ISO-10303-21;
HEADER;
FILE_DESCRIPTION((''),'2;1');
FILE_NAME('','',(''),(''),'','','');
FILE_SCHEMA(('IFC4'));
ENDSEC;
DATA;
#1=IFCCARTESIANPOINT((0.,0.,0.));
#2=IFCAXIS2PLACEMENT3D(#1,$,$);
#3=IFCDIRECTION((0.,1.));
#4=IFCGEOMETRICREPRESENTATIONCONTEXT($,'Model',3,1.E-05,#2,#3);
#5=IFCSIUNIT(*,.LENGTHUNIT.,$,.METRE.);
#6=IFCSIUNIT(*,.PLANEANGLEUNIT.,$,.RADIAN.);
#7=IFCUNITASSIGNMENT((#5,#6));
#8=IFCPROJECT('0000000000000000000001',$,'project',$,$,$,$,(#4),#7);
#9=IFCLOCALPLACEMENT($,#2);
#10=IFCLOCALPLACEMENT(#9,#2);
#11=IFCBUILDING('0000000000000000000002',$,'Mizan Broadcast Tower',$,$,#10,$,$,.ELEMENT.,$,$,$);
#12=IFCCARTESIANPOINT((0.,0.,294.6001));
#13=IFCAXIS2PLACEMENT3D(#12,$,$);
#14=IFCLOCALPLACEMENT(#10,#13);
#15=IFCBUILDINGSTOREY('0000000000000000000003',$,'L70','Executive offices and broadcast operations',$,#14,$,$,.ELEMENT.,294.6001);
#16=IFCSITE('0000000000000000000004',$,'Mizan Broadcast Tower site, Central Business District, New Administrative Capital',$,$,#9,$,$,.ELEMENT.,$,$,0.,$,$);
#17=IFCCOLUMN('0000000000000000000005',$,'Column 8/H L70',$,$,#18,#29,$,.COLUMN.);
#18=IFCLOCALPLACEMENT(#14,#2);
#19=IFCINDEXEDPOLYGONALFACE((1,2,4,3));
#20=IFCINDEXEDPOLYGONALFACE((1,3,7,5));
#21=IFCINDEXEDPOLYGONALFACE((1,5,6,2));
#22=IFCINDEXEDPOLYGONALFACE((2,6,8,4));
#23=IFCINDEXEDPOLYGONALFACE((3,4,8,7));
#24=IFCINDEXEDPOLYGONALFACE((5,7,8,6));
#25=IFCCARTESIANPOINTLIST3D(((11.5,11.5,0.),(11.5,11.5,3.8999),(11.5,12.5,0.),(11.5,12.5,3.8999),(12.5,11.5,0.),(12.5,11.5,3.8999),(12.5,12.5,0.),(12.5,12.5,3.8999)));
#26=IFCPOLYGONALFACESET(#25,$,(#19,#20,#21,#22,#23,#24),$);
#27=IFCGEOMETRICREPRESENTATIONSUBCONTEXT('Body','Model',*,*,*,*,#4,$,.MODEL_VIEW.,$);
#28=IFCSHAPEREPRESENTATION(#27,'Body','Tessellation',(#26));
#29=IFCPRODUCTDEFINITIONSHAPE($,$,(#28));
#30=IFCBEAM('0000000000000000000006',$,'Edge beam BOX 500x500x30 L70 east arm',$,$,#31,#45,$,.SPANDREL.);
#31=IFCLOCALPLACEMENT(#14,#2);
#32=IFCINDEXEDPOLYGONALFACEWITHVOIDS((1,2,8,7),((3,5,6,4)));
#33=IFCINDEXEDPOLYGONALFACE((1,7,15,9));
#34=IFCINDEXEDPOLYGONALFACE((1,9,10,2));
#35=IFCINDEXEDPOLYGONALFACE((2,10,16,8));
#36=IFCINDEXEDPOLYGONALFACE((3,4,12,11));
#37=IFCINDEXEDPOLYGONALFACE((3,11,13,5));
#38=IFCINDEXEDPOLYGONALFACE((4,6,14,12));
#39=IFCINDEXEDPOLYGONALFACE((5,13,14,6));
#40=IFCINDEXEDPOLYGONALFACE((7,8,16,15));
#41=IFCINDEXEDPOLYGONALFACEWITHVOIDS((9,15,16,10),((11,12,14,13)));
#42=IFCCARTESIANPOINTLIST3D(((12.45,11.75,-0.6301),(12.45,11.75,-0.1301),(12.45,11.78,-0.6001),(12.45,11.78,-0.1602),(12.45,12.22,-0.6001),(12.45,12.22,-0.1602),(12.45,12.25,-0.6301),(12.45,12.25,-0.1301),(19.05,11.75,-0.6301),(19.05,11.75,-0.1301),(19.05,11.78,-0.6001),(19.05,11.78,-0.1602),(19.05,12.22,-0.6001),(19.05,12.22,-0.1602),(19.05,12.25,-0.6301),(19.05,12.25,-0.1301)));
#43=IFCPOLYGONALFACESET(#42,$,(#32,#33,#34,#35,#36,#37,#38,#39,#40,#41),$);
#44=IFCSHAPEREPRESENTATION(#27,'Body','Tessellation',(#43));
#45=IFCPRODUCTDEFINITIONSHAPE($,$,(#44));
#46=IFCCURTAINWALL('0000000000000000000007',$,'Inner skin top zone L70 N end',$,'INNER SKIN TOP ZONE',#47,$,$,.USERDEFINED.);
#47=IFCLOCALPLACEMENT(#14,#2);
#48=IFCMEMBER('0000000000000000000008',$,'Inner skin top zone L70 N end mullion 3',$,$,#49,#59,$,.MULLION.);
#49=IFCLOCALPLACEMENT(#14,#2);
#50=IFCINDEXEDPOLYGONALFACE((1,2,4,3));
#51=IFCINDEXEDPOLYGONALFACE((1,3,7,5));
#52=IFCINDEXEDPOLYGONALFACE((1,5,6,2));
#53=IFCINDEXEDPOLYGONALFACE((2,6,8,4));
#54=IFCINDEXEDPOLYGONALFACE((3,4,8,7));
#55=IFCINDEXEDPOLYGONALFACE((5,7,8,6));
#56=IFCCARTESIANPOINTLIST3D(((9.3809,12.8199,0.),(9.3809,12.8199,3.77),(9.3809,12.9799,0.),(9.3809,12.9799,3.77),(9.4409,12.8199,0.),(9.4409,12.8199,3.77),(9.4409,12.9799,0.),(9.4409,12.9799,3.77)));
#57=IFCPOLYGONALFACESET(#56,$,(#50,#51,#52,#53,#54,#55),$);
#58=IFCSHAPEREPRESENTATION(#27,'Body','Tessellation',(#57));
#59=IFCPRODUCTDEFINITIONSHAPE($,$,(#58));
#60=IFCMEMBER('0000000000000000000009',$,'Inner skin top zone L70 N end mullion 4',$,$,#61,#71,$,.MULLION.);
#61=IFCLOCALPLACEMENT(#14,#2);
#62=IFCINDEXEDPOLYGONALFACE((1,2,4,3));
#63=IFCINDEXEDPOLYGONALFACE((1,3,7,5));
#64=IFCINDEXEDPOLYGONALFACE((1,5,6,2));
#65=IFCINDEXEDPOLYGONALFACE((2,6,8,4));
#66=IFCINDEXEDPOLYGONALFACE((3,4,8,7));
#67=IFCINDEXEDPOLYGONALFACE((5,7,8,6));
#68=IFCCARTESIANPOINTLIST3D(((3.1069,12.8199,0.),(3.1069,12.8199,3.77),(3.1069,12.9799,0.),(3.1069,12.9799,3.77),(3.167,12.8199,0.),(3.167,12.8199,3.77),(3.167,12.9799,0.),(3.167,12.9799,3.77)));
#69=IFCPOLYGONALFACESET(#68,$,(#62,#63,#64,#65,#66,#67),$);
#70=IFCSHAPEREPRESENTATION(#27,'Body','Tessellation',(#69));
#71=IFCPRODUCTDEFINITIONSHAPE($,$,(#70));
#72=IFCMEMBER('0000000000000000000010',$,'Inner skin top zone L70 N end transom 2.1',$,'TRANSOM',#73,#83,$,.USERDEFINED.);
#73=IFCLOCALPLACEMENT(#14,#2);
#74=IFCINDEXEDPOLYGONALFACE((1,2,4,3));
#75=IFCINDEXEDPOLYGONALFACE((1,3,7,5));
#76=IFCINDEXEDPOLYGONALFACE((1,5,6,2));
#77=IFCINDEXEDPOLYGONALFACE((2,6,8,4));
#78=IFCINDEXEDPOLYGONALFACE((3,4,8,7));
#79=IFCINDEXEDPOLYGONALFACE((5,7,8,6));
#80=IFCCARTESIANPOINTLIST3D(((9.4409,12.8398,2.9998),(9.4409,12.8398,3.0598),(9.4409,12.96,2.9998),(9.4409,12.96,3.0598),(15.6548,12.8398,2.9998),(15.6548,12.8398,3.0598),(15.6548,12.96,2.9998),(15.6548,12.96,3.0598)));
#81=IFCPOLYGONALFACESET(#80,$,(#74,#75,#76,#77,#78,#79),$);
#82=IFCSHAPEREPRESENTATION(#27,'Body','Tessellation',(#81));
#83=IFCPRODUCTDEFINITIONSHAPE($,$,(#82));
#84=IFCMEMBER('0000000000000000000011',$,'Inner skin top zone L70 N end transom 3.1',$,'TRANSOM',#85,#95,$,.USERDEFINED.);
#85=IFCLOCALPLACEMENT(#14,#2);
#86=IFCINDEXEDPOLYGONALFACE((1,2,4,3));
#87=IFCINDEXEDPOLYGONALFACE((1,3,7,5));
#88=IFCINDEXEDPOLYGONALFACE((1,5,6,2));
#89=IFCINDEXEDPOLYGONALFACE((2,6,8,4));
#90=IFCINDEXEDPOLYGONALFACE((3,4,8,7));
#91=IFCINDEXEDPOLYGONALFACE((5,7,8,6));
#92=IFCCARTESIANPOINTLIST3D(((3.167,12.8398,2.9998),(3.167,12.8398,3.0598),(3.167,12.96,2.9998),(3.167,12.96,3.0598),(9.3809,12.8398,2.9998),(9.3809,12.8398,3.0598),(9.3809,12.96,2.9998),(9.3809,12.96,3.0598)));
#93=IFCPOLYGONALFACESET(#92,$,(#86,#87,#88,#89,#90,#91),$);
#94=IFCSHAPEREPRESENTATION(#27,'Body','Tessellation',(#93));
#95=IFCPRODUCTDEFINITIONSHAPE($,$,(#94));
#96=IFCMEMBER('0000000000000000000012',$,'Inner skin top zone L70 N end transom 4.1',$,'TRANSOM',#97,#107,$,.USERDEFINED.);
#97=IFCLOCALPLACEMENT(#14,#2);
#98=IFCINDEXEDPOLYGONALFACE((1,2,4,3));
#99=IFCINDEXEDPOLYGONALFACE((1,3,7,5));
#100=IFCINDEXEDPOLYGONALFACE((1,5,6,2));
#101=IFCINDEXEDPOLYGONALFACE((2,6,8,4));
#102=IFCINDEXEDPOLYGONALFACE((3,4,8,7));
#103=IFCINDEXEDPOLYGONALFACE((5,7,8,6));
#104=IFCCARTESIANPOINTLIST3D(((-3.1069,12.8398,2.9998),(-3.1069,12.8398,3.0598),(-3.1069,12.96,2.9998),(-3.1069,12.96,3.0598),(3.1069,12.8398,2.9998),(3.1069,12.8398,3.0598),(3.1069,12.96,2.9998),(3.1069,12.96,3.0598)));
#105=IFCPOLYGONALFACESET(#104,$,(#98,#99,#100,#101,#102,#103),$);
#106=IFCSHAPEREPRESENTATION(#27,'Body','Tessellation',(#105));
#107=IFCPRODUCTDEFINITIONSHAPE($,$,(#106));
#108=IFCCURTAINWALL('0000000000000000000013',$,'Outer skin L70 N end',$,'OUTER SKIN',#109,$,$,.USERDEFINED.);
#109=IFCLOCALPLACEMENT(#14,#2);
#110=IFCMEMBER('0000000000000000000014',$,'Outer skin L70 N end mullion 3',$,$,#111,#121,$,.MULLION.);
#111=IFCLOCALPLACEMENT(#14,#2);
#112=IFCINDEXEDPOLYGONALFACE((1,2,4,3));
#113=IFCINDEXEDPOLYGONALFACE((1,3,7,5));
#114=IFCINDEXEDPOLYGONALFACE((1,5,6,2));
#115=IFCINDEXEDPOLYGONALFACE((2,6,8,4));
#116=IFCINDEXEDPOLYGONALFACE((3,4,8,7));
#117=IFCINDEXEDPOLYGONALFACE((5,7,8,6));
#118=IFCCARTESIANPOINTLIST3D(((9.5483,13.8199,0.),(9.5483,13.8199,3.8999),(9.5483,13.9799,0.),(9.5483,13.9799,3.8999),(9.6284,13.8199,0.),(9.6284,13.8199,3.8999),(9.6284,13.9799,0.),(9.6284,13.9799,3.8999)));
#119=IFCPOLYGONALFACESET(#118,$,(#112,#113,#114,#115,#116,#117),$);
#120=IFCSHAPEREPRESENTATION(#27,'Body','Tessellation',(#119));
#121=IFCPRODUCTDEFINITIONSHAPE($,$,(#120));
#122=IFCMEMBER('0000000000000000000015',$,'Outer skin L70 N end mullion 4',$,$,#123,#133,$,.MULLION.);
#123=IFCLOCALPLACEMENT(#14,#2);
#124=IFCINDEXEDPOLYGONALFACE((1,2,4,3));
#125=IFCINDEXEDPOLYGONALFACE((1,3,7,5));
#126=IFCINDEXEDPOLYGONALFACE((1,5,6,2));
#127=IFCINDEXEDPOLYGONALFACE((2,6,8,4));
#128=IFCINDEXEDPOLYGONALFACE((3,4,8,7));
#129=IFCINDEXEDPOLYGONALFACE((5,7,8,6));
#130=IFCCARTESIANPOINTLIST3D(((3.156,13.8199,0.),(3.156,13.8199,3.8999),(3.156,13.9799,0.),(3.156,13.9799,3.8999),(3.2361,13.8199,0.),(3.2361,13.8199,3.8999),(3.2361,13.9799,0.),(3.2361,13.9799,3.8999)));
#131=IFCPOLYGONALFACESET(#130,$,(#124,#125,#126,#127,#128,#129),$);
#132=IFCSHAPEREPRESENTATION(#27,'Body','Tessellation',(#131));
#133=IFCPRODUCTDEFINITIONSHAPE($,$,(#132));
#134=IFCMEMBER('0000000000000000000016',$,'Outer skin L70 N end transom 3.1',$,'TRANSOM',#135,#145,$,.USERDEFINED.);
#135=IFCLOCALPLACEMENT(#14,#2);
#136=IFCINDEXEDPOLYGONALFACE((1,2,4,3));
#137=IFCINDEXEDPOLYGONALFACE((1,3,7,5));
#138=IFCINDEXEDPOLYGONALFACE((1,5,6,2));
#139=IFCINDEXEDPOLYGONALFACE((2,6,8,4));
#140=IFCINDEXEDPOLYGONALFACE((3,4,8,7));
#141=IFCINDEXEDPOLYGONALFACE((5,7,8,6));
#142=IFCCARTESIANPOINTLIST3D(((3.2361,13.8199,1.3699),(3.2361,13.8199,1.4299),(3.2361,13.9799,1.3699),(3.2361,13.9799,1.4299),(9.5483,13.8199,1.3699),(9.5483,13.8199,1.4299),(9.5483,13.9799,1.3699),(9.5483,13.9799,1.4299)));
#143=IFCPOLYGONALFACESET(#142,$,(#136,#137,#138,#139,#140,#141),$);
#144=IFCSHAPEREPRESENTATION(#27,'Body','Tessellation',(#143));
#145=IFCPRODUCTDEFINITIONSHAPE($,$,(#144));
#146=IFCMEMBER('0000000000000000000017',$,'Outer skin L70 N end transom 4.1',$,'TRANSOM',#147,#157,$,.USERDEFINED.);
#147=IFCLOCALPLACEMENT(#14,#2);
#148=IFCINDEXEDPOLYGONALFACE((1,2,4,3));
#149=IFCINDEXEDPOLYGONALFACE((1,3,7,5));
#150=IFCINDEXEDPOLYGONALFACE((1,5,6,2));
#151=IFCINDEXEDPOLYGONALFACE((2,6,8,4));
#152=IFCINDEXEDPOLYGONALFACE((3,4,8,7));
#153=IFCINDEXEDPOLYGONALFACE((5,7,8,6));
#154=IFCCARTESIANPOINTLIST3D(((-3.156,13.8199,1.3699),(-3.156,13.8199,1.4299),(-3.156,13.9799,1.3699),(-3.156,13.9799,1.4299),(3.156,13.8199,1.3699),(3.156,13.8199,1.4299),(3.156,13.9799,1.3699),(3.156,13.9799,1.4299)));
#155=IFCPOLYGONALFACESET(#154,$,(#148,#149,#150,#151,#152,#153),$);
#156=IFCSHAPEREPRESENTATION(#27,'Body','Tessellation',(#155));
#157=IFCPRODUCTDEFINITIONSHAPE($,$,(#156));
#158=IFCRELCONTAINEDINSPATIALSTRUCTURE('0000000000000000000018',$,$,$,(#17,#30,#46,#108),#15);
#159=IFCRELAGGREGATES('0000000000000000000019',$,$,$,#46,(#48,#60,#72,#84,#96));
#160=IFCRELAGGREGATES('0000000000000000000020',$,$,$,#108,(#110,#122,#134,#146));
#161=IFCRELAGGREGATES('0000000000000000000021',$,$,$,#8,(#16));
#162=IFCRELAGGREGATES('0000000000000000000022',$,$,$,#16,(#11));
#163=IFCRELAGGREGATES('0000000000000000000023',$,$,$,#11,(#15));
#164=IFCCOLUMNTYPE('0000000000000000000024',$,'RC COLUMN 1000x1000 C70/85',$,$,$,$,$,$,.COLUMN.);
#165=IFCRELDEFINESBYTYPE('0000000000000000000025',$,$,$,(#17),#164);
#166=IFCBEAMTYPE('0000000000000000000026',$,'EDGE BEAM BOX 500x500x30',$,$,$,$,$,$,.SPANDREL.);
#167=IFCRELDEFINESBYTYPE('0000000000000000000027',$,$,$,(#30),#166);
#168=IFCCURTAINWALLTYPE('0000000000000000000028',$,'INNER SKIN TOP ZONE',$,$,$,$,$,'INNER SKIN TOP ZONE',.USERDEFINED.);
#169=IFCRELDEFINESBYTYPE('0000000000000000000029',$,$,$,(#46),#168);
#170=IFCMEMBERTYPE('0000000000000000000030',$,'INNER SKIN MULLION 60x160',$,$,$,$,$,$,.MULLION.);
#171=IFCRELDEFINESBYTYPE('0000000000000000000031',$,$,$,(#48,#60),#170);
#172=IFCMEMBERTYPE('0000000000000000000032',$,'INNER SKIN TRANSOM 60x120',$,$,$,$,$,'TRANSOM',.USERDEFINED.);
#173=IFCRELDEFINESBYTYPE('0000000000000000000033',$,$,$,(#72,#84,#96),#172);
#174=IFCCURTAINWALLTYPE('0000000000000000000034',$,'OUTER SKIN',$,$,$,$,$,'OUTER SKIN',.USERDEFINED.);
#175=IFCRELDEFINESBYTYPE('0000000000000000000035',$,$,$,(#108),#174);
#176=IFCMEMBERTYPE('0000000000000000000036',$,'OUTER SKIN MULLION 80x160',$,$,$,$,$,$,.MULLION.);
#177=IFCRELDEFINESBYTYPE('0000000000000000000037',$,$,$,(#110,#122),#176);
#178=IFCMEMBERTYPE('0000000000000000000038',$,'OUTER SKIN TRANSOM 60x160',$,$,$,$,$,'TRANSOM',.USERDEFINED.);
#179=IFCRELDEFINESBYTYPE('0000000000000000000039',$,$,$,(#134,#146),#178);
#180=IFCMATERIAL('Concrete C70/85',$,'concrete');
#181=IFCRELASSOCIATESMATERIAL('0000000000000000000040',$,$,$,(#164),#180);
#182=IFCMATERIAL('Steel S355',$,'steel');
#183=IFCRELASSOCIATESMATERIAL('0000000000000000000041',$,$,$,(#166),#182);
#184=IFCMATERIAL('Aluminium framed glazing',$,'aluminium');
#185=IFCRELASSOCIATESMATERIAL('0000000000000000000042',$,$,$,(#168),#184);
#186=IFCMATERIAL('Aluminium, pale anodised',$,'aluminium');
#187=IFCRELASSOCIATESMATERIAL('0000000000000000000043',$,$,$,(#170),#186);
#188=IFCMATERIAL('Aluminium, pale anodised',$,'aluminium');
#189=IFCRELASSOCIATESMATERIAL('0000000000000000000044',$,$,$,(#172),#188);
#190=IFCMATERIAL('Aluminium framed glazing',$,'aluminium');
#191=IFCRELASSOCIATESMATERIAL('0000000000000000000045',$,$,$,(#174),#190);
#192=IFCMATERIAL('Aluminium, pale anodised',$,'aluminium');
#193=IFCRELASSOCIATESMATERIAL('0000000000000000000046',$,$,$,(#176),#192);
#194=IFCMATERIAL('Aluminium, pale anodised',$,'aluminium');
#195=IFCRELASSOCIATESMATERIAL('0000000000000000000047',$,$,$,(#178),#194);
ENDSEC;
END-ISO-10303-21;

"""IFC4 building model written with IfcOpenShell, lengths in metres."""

from ifc_helpers import new_model, si_unit, direction, frame, origin, origin_2d, place, context, subcontext, project, spatial, rectangle, hollow_rectangle, extrude, material, material_profile, profile_set, type_object, element, aggregate, save


model = new_model("IFC4")

# Units and contexts
model_context = context("Model", 3, precision=1e-05, world=origin(), true_north=direction((0.0, 1.0)))
body_context = subcontext(model_context, "Body", "Model", "MODEL_VIEW")
ifc_project = project(units=[si_unit("LENGTHUNIT", "METRE"), si_unit("PLANEANGLEUNIT", "RADIAN")], contexts=[model_context])

# Site, building, storey
site_placement = place(None, origin())
site = spatial("IfcSite", under=ifc_project, at=site_placement, Name="Mizan Broadcast Tower site, Central Business District, New Administrative Capital", CompositionType="ELEMENT", RefElevation=0.0)
building_placement = place(site_placement, origin())
building = spatial("IfcBuilding", under=site, at=building_placement, Name="Mizan Broadcast Tower", CompositionType="ELEMENT")
storey_placement = place(building_placement, frame((0.0, 0.0, 294.6001)))
storey = spatial("IfcBuildingStorey", under=building, at=storey_placement, Name="L70", Description="Executive offices and broadcast operations", CompositionType="ELEMENT", Elevation=294.6001)

# Column
ifc_material_1 = material(Name="Concrete C70/85", Category="concrete")
ifc_material_profile_1 = material_profile(ifc_material_1, rectangle(XDim=1.0, YDim=1.0, at=origin_2d()), Name="RC 1000x1000")
ifc_profile_set_1 = profile_set([ifc_material_profile_1], Name="Concrete C70/85")
column_type = type_object("IfcColumnType", Name="RC COLUMN 1000x1000 C70/85", PredefinedType="COLUMN", material=ifc_profile_set_1)
column_placement = place(storey_placement, frame((12.0, 12.0, 0.0), z_axis=(0.0, 0.0, 1.0), x_axis=(1.0, 0.0, 0.0)))
element("IfcColumn", 1, at=column_placement, inside=storey, type_object=column_type, Name="Column 8/H L70", PredefinedType="COLUMN", context=body_context, shape_type="SweptSolid", body=[
    extrude(rectangle(XDim=1.0, YDim=1.0, at=origin_2d()), origin(), (0.0, 0.0, 1.0), 3.8999),
])

# Beam
ifc_material_2 = material(Name="Steel S355", Category="steel")
ifc_material_profile_2 = material_profile(ifc_material_2, hollow_rectangle(XDim=0.5, YDim=0.5, WallThickness=0.03, at=origin_2d()), Name="BOX 500x500x30")
ifc_profile_set_2 = profile_set([ifc_material_profile_2], Name="Steel S355")
beam_type_1 = type_object("IfcBeamType", Name="EDGE BEAM BOX 500x500x30", PredefinedType="SPANDREL", material=ifc_profile_set_2)
beam_1_placement = place(storey_placement, frame((12.45, 12.0, -0.3801), z_axis=(1.0, 0.0, 0.0), x_axis=(0.0, 1.0, 0.0)))
element("IfcBeam", 2, at=beam_1_placement, inside=storey, type_object=beam_type_1, Name="Edge beam BOX 500x500x30 L70 east arm", PredefinedType="SPANDREL", context=body_context, shape_type="SweptSolid", body=[
    extrude(hollow_rectangle(XDim=0.5, YDim=0.5, WallThickness=0.03, at=origin_2d()), origin(), (0.0, 0.0, 1.0), 6.6001),
])

# Curtain walls, members
ifc_material_3 = material(Name="Aluminium framed glazing", Category="aluminium")
curtain_wall_type_1 = type_object("IfcCurtainWallType", Name="INNER SKIN TOP ZONE", ElementType="INNER SKIN TOP ZONE", PredefinedType="USERDEFINED", material=ifc_material_3)
curtain_wall_1_placement = place(storey_placement, origin())
curtain_wall_1 = element("IfcCurtainWall", 3, at=curtain_wall_1_placement, inside=storey, type_object=curtain_wall_type_1, Name="Inner skin top zone L70 N end", ObjectType="INNER SKIN TOP ZONE", PredefinedType="USERDEFINED")
ifc_material_4 = material(Name="Aluminium, pale anodised", Category="aluminium")
ifc_material_profile_3 = material_profile(ifc_material_4, rectangle(XDim=0.1599, YDim=0.0601, at=origin_2d()), Name="MULLION 160x60")
ifc_profile_set_3 = profile_set([ifc_material_profile_3], Name="Aluminium, pale anodised")
member_type_1 = type_object("IfcMemberType", Name="INNER SKIN MULLION 60x160", PredefinedType="MULLION", material=ifc_profile_set_3)
member_1_placement = place(storey_placement, frame((9.4109, 12.8999, 0.0), z_axis=(0.0, 0.0, 1.0), x_axis=(0.0, -1.0, 0.0)))
member_1 = element("IfcMember", 4, at=member_1_placement, type_object=member_type_1, Name="Inner skin top zone L70 N end mullion 3", PredefinedType="MULLION", context=body_context, shape_type="SweptSolid", body=[
    extrude(rectangle(XDim=0.1599, YDim=0.0601, at=origin_2d()), origin(), (0.0, 0.0, 1.0), 3.77),
])
member_2_placement = place(storey_placement, frame((3.137, 12.8999, 0.0), z_axis=(0.0, 0.0, 1.0), x_axis=(0.0, -1.0, 0.0)))
member_2 = element("IfcMember", 5, at=member_2_placement, type_object=member_type_1, Name="Inner skin top zone L70 N end mullion 4", PredefinedType="MULLION", context=body_context, shape_type="SweptSolid", body=[
    extrude(rectangle(XDim=0.1599, YDim=0.0601, at=origin_2d()), origin(), (0.0, 0.0, 1.0), 3.77),
])
ifc_material_5 = material(Name="Aluminium, pale anodised", Category="aluminium")
ifc_material_profile_4 = material_profile(ifc_material_5, rectangle(XDim=0.1201, YDim=0.0601, at=origin_2d()), Name="TRANSOM 120x60")
ifc_profile_set_4 = profile_set([ifc_material_profile_4], Name="Aluminium, pale anodised")
member_type_2 = type_object("IfcMemberType", Name="INNER SKIN TRANSOM 60x120", ElementType="TRANSOM", PredefinedType="USERDEFINED", material=ifc_profile_set_4)
member_3_placement = place(storey_placement, frame((15.6548, 12.8999, 3.0298), z_axis=(-1.0, 0.0, 0.0), x_axis=(0.0, -1.0, 0.0)))
member_3 = element("IfcMember", 6, at=member_3_placement, type_object=member_type_2, Name="Inner skin top zone L70 N end transom 2.1", ObjectType="TRANSOM", PredefinedType="USERDEFINED", context=body_context, shape_type="SweptSolid", body=[
    extrude(rectangle(XDim=0.1201, YDim=0.0601, at=origin_2d()), origin(), (0.0, 0.0, 1.0), 6.2139),
])
member_4_placement = place(storey_placement, frame((9.3809, 12.8999, 3.0298), z_axis=(-1.0, 0.0, 0.0), x_axis=(0.0, -1.0, 0.0)))
member_4 = element("IfcMember", 7, at=member_4_placement, type_object=member_type_2, Name="Inner skin top zone L70 N end transom 3.1", ObjectType="TRANSOM", PredefinedType="USERDEFINED", context=body_context, shape_type="SweptSolid", body=[
    extrude(rectangle(XDim=0.1201, YDim=0.0601, at=origin_2d()), origin(), (0.0, 0.0, 1.0), 6.2139),
])
member_5_placement = place(storey_placement, frame((3.1069, 12.8999, 3.0298), z_axis=(-1.0, 0.0, 0.0), x_axis=(0.0, -1.0, 0.0)))
member_5 = element("IfcMember", 8, at=member_5_placement, type_object=member_type_2, Name="Inner skin top zone L70 N end transom 4.1", ObjectType="TRANSOM", PredefinedType="USERDEFINED", context=body_context, shape_type="SweptSolid", body=[
    extrude(rectangle(XDim=0.1201, YDim=0.0601, at=origin_2d()), origin(), (0.0, 0.0, 1.0), 6.2139),
])
ifc_material_6 = material(Name="Aluminium framed glazing", Category="aluminium")
curtain_wall_type_2 = type_object("IfcCurtainWallType", Name="OUTER SKIN", ElementType="OUTER SKIN", PredefinedType="USERDEFINED", material=ifc_material_6)
curtain_wall_2_placement = place(storey_placement, origin())
curtain_wall_2 = element("IfcCurtainWall", 9, at=curtain_wall_2_placement, inside=storey, type_object=curtain_wall_type_2, Name="Outer skin L70 N end", ObjectType="OUTER SKIN", PredefinedType="USERDEFINED")
ifc_material_7 = material(Name="Aluminium, pale anodised", Category="aluminium")
ifc_material_profile_5 = material_profile(ifc_material_7, rectangle(XDim=0.1599, YDim=0.0801, at=origin_2d()), Name="MULLION 160x80")
ifc_profile_set_5 = profile_set([ifc_material_profile_5], Name="Aluminium, pale anodised")
member_type_3 = type_object("IfcMemberType", Name="OUTER SKIN MULLION 80x160", PredefinedType="MULLION", material=ifc_profile_set_5)
member_6_placement = place(storey_placement, frame((9.5884, 13.8999, 0.0), z_axis=(0.0, 0.0, 1.0), x_axis=(0.0, -1.0, 0.0)))
member_6 = element("IfcMember", 10, at=member_6_placement, type_object=member_type_3, Name="Outer skin L70 N end mullion 3", PredefinedType="MULLION", context=body_context, shape_type="SweptSolid", body=[
    extrude(rectangle(XDim=0.1599, YDim=0.0801, at=origin_2d()), origin(), (0.0, 0.0, 1.0), 3.8999),
])
member_7_placement = place(storey_placement, frame((3.196, 13.8999, 0.0), z_axis=(0.0, 0.0, 1.0), x_axis=(0.0, -1.0, 0.0)))
member_7 = element("IfcMember", 11, at=member_7_placement, type_object=member_type_3, Name="Outer skin L70 N end mullion 4", PredefinedType="MULLION", context=body_context, shape_type="SweptSolid", body=[
    extrude(rectangle(XDim=0.1599, YDim=0.0801, at=origin_2d()), origin(), (0.0, 0.0, 1.0), 3.8999),
])
ifc_material_8 = material(Name="Aluminium, pale anodised", Category="aluminium")
ifc_material_profile_6 = material_profile(ifc_material_8, rectangle(XDim=0.1599, YDim=0.0601, at=origin_2d()), Name="TRANSOM 160x60")
ifc_profile_set_6 = profile_set([ifc_material_profile_6], Name="Aluminium, pale anodised")
member_type_4 = type_object("IfcMemberType", Name="OUTER SKIN TRANSOM 60x160", ElementType="TRANSOM", PredefinedType="USERDEFINED", material=ifc_profile_set_6)
member_8_placement = place(storey_placement, frame((9.5483, 13.8999, 1.3999), z_axis=(-1.0, 0.0, 0.0), x_axis=(0.0, -1.0, 0.0)))
member_8 = element("IfcMember", 12, at=member_8_placement, type_object=member_type_4, Name="Outer skin L70 N end transom 3.1", ObjectType="TRANSOM", PredefinedType="USERDEFINED", context=body_context, shape_type="SweptSolid", body=[
    extrude(rectangle(XDim=0.1599, YDim=0.0601, at=origin_2d()), origin(), (0.0, 0.0, 1.0), 6.3123),
])
member_9_placement = place(storey_placement, frame((3.156, 13.8999, 1.3999), z_axis=(-1.0, 0.0, 0.0), x_axis=(0.0, -1.0, 0.0)))
member_9 = element("IfcMember", 13, at=member_9_placement, type_object=member_type_4, Name="Outer skin L70 N end transom 4.1", ObjectType="TRANSOM", PredefinedType="USERDEFINED", context=body_context, shape_type="SweptSolid", body=[
    extrude(rectangle(XDim=0.1599, YDim=0.0601, at=origin_2d()), origin(), (0.0, 0.0, 1.0), 6.312),
])

aggregate(curtain_wall_1, [member_1, member_2, member_3, member_4, member_5])
aggregate(curtain_wall_2, [member_6, member_7, member_8, member_9])

save(model, "model.ifc")
